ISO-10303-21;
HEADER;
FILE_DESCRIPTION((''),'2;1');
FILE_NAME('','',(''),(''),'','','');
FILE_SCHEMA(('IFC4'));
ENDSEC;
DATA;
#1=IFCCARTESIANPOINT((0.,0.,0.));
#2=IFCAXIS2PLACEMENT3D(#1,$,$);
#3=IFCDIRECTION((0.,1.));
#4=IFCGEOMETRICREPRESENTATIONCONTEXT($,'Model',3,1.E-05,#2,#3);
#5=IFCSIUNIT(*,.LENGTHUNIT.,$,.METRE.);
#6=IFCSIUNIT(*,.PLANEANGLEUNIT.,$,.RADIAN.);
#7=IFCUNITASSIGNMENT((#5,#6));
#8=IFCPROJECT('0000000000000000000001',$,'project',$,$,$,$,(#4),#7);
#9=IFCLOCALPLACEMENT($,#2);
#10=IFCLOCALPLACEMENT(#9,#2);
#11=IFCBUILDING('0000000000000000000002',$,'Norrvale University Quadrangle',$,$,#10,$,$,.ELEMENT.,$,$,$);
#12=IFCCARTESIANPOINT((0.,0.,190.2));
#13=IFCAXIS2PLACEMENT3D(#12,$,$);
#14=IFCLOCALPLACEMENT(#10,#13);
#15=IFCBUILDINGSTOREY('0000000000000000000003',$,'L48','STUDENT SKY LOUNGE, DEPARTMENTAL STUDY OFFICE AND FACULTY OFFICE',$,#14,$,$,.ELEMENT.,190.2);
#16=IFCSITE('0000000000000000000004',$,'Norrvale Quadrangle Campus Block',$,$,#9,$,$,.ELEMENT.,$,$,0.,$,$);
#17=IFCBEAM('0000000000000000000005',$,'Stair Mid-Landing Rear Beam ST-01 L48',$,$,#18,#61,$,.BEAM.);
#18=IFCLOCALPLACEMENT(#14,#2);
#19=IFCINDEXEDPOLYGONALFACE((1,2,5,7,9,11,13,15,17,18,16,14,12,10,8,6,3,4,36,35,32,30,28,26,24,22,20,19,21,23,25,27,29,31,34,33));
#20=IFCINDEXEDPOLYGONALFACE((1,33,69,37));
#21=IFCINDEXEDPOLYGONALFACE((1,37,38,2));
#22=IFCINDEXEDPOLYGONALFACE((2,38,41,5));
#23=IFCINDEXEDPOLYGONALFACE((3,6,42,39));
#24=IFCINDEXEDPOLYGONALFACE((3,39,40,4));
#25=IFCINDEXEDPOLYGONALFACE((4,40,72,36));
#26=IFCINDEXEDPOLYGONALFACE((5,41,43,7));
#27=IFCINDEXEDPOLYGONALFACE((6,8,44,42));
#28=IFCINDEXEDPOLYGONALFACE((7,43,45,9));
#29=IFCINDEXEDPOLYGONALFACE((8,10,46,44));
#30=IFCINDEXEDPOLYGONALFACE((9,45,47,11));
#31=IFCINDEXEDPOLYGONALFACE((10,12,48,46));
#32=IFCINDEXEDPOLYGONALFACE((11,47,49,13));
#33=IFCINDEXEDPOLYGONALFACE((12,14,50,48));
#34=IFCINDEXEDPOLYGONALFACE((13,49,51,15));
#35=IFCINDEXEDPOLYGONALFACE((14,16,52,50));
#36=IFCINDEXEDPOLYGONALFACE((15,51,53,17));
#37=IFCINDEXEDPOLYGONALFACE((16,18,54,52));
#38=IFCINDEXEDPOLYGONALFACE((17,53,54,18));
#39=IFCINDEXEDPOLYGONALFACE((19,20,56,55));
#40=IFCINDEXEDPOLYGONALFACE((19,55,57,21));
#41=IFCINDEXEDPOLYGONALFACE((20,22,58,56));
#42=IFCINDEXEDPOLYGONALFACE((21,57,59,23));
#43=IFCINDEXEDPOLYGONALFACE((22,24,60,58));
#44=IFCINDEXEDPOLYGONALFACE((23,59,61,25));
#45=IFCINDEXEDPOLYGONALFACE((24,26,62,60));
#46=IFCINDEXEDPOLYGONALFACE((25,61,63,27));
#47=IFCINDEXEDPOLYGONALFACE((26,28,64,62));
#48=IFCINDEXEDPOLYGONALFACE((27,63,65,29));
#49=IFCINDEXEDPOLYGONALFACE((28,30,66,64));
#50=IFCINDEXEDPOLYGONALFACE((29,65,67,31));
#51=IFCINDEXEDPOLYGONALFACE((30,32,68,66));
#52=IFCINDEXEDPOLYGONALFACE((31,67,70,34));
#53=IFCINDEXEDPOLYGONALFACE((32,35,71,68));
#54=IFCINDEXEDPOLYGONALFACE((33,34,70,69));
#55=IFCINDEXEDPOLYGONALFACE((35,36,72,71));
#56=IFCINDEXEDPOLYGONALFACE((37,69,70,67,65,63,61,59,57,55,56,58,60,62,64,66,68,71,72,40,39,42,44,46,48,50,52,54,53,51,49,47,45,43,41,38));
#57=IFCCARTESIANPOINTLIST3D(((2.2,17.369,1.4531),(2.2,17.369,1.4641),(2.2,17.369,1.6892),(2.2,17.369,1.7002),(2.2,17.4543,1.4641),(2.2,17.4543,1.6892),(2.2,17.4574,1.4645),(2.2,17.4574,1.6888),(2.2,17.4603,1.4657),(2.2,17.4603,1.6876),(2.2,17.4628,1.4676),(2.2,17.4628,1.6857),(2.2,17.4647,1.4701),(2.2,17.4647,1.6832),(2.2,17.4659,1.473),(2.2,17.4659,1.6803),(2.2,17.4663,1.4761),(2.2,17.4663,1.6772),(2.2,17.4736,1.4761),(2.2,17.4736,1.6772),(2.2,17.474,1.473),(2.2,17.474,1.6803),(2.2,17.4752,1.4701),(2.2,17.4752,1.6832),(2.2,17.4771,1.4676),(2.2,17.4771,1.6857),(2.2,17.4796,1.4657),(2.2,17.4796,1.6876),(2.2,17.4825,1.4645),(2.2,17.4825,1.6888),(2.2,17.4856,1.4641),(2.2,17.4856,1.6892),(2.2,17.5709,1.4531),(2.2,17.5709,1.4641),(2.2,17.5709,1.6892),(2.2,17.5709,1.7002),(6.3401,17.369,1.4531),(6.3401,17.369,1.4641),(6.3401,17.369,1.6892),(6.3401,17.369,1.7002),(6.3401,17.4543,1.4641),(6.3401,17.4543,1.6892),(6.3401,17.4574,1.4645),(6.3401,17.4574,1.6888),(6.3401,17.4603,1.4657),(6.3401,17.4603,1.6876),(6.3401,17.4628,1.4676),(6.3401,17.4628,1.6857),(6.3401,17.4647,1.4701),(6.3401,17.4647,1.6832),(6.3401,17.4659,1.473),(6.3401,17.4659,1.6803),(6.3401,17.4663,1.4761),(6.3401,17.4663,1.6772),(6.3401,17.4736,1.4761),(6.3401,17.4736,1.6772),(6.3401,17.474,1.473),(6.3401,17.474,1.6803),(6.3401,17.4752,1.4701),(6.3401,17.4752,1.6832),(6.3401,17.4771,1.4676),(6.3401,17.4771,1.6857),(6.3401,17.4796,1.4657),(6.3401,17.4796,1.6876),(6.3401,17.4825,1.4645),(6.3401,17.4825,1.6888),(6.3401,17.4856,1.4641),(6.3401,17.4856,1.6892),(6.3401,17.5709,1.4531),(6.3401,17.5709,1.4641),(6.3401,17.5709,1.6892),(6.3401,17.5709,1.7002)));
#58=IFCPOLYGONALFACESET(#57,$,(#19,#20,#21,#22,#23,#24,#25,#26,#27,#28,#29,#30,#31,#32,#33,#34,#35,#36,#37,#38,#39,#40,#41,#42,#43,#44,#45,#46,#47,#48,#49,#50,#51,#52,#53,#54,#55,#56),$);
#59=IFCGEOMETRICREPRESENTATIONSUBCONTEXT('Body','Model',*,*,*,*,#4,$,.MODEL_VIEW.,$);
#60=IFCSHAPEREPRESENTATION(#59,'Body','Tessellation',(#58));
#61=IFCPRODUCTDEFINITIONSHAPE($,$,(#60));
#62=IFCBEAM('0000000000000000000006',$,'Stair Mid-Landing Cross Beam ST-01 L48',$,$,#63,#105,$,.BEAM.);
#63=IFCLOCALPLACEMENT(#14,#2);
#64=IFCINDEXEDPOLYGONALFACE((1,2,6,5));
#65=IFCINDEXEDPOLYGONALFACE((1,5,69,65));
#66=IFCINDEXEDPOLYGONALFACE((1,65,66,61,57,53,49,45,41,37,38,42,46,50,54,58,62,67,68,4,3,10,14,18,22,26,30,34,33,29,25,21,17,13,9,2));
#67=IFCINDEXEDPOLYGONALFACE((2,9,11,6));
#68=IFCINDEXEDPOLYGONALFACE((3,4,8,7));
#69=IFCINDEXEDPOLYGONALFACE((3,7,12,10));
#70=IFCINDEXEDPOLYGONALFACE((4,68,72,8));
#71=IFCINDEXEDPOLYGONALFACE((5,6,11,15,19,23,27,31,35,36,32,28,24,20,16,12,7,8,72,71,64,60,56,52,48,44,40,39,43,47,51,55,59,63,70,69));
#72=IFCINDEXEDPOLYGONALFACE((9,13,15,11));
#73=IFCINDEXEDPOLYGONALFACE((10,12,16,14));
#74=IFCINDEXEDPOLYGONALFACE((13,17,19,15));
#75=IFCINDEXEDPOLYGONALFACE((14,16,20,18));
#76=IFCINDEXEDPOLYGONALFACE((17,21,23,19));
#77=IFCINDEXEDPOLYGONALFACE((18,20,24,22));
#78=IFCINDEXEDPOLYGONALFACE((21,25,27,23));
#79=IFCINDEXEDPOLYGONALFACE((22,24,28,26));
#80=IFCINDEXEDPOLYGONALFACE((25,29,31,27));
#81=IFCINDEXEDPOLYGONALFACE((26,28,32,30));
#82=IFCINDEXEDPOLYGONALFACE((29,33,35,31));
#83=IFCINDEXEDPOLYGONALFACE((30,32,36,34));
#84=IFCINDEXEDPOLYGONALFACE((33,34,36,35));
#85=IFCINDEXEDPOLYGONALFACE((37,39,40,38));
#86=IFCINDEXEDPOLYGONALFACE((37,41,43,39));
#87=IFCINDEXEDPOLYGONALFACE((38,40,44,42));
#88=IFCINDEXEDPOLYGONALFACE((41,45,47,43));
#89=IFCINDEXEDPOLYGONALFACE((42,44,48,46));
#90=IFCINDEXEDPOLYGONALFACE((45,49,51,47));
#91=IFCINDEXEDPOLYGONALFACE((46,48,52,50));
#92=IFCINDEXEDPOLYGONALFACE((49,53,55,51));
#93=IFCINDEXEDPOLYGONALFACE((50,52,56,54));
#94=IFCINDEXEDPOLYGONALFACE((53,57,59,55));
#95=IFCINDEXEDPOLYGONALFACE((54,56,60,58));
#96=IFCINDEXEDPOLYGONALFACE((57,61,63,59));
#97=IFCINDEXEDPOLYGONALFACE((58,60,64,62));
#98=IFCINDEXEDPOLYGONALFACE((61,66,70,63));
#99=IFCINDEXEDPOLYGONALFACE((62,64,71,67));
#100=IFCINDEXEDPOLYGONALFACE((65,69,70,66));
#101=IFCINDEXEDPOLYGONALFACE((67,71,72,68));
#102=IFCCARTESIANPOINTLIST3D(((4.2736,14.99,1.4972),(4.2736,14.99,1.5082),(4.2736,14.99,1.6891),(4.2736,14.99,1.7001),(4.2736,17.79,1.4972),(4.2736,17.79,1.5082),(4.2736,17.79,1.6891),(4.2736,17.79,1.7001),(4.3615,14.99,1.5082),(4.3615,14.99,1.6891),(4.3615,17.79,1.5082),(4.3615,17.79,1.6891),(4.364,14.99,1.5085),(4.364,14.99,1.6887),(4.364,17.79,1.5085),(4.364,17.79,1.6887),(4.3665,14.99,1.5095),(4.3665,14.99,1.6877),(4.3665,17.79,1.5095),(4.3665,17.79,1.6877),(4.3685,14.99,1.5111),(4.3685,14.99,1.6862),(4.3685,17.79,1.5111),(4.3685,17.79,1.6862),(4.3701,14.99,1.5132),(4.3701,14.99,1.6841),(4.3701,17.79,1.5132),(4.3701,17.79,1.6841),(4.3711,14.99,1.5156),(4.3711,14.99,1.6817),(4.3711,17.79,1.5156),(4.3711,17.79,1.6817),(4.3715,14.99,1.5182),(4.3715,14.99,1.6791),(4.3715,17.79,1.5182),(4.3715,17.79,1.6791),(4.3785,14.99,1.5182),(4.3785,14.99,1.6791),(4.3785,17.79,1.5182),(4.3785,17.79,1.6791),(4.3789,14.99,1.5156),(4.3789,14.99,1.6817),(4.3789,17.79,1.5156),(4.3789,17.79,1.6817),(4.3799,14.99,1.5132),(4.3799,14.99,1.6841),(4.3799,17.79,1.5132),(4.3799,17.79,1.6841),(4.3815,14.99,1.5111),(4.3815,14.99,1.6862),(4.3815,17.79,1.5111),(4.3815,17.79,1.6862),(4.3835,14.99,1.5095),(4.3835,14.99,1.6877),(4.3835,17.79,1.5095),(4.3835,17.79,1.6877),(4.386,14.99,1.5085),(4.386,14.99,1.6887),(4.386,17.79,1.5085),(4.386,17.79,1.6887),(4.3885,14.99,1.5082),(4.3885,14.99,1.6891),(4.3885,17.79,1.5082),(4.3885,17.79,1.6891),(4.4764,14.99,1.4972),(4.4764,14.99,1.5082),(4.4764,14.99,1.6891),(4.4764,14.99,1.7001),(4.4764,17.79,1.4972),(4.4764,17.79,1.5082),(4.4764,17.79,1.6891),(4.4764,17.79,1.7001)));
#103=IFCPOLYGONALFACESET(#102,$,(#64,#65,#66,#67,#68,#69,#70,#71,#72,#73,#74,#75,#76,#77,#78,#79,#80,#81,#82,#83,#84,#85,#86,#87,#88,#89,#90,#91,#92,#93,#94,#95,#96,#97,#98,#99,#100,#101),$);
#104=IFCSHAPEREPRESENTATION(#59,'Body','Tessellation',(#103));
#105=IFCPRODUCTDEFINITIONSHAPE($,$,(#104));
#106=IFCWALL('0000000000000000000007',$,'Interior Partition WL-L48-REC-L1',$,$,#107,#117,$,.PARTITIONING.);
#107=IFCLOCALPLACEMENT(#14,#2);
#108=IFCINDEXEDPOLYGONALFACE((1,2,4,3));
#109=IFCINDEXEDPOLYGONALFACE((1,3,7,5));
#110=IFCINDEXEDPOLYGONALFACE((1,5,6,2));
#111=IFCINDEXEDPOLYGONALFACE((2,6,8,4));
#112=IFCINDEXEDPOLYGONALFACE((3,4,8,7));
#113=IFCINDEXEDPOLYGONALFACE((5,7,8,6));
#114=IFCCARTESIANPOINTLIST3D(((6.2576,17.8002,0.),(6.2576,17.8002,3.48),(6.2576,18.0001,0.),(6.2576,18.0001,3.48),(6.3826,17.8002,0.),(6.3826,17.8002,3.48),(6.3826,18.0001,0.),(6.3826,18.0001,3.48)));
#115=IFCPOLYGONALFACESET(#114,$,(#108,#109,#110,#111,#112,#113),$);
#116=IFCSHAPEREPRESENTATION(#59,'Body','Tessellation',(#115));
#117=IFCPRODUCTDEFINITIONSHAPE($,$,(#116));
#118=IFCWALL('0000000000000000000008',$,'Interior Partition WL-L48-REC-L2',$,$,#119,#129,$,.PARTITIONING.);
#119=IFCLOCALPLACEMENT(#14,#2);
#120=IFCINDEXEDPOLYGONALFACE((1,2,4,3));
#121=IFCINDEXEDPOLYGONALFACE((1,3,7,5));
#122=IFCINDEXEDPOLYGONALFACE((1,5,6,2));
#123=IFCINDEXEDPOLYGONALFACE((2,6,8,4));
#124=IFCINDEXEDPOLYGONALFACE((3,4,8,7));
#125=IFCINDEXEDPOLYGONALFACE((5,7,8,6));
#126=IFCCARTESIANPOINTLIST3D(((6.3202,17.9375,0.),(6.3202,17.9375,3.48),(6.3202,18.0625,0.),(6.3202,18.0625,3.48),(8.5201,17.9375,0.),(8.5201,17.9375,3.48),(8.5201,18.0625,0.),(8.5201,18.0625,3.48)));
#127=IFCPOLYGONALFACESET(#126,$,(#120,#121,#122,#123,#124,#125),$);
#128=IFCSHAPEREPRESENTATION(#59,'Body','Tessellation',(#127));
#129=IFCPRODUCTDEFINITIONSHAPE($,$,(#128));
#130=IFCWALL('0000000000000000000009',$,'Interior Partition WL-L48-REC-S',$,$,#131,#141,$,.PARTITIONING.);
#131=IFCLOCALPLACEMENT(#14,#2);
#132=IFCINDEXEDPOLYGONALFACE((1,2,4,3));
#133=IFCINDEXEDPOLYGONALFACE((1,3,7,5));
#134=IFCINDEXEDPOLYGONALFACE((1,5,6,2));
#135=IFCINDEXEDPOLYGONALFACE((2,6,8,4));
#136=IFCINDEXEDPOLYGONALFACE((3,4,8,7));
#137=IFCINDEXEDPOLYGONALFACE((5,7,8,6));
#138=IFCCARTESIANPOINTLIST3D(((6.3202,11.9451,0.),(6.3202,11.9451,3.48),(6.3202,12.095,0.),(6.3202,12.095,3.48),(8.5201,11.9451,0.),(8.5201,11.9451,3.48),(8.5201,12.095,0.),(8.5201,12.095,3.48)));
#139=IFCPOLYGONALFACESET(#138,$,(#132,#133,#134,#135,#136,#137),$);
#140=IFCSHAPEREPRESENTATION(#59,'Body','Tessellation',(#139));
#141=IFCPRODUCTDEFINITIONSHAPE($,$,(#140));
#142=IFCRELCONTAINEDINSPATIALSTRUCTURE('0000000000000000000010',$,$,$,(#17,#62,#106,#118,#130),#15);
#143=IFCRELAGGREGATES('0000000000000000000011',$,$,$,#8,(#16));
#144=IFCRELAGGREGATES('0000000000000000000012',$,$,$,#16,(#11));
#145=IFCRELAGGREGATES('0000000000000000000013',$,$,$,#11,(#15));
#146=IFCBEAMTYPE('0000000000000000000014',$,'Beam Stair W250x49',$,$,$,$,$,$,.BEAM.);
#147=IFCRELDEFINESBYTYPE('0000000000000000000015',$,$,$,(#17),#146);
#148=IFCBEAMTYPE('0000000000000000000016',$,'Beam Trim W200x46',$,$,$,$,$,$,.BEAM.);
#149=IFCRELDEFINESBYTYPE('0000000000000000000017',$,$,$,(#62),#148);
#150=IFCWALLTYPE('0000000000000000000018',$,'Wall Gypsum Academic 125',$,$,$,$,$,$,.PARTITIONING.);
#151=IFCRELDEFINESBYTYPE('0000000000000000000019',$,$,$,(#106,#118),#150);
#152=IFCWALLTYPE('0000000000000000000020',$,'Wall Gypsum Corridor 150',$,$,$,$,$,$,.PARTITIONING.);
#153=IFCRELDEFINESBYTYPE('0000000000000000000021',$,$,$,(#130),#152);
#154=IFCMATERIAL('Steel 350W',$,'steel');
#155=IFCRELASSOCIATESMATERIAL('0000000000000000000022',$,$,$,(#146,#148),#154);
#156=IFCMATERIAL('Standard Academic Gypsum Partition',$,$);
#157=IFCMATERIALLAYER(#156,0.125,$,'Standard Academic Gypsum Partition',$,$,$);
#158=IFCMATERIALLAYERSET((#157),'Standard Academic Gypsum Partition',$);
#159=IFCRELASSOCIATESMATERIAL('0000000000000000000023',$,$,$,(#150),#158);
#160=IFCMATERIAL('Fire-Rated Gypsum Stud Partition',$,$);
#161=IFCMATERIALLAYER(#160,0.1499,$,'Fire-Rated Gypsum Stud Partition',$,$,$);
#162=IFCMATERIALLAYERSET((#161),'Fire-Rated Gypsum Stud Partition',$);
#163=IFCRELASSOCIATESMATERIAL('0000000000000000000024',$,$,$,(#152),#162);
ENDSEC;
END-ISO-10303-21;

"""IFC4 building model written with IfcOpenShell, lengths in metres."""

from ifc_helpers import new_model, si_unit, direction, frame, frame_2d, origin, origin_2d, place, context, subcontext, project, spatial, rectangle, i_section, extrude, material, layer, layer_set, material_profile, profile_set, type_object, element, save


model = new_model("IFC4")

# Units and contexts
model_context = context("Model", 3, precision=1e-05, world=origin(), true_north=direction((0.0, 1.0)))
body_context = subcontext(model_context, "Body", "Model", "MODEL_VIEW")
ifc_project = project(units=[si_unit("LENGTHUNIT", "METRE"), si_unit("PLANEANGLEUNIT", "RADIAN")], contexts=[model_context])

# Site, building, storey
site_placement = place(None, origin())
site = spatial("IfcSite", under=ifc_project, at=site_placement, Name="Norrvale Quadrangle Campus Block", CompositionType="ELEMENT", RefElevation=0.0)
building_placement = place(site_placement, origin())
building = spatial("IfcBuilding", under=site, at=building_placement, Name="Norrvale University Quadrangle", CompositionType="ELEMENT")
storey_placement = place(building_placement, frame((0.0, 0.0, 190.2)))
storey = spatial("IfcBuildingStorey", under=building, at=storey_placement, Name="L48", Description="STUDENT SKY LOUNGE, DEPARTMENTAL STUDY OFFICE AND FACULTY OFFICE", CompositionType="ELEMENT", Elevation=190.2)

# Beams
ifc_material_1 = material(Name="Steel 350W", Category="steel")
ifc_material_profile_1 = material_profile(ifc_material_1, i_section(OverallWidth=0.2019, OverallDepth=0.2471, WebThickness=0.0073, FlangeThickness=0.011, FilletRadius=0.012, at=origin_2d()), Name="Steel 350W")
ifc_profile_set_1 = profile_set([ifc_material_profile_1], Name="Steel 350W")
beam_type_1 = type_object("IfcBeamType", Name="Beam Stair W250x49", PredefinedType="BEAM", material=ifc_profile_set_1)
for number, where, z_axis, x_axis, name in (
    (1, (2.2, 17.47, 1.5767), (1.0, 0.0, 0.0), (0.0, 1.0, 0.0), "Stair Mid-Landing Rear Beam ST-01 L48"),
):
    element("IfcBeam", number, at=place(storey_placement, frame(where, z_axis=z_axis, x_axis=x_axis)), inside=storey, type_object=beam_type_1, Name=name, PredefinedType="BEAM", context=body_context, shape_type="SweptSolid", body=[
        extrude(i_section(OverallWidth=0.2019, OverallDepth=0.2471, WebThickness=0.0073, FlangeThickness=0.011, FilletRadius=0.012, at=origin_2d()), origin(), (0.0, 0.0, 1.0), 4.1401),
    ])
ifc_material_profile_2 = material_profile(ifc_material_1, i_section(OverallWidth=0.2029, OverallDepth=0.2029, WebThickness=0.0071, FlangeThickness=0.011, FilletRadius=0.01, at=origin_2d()), Name="Steel 350W")
ifc_profile_set_2 = profile_set([ifc_material_profile_2], Name="Steel 350W")
beam_type_2 = type_object("IfcBeamType", Name="Beam Trim W200x46", PredefinedType="BEAM", material=ifc_profile_set_2)
beam_1_placement = place(storey_placement, frame((4.375, 14.99, 1.5986), z_axis=(0.0, 1.0, 0.0), x_axis=(-1.0, 0.0, 0.0)))
element("IfcBeam", 2, at=beam_1_placement, inside=storey, type_object=beam_type_2, Name="Stair Mid-Landing Cross Beam ST-01 L48", PredefinedType="BEAM", context=body_context, shape_type="SweptSolid", body=[
    extrude(i_section(OverallWidth=0.2029, OverallDepth=0.2029, WebThickness=0.0071, FlangeThickness=0.011, FilletRadius=0.01, at=origin_2d()), origin(), (0.0, 0.0, 1.0), 2.8),
])

# Walls
ifc_material_2 = material(Name="Standard Academic Gypsum Partition")
ifc_layer_1 = layer(ifc_material_2, 0.125, Name="Standard Academic Gypsum Partition")
ifc_layer_set_1 = layer_set([ifc_layer_1], Name="Standard Academic Gypsum Partition")
wall_type_1 = type_object("IfcWallType", Name="Wall Gypsum Academic 125", PredefinedType="PARTITIONING", material=ifc_layer_set_1)
wall_1_placement = place(storey_placement, frame((6.3201, 17.8, 0.0), z_axis=(0.0, 0.0, 1.0), x_axis=(0.0, 1.0, 0.0)))
element("IfcWall", 3, at=wall_1_placement, inside=storey, type_object=wall_type_1, Name="Interior Partition WL-L48-REC-L1", PredefinedType="PARTITIONING", context=body_context, shape_type="SweptSolid", body=[
    extrude(rectangle(XDim=0.2, YDim=0.125, at=frame_2d((0.1001, 0.0))), origin(), (0.0, 0.0, 1.0), 3.48),
])
wall_2_placement = place(storey_placement, frame((6.3201, 18.0, 0.0), z_axis=(0.0, 0.0, 1.0), x_axis=(1.0, 0.0, 0.0)))
element("IfcWall", 4, at=wall_2_placement, inside=storey, type_object=wall_type_1, Name="Interior Partition WL-L48-REC-L2", PredefinedType="PARTITIONING", context=body_context, shape_type="SweptSolid", body=[
    extrude(rectangle(XDim=2.2, YDim=0.125, at=frame_2d((1.1001, 0.0))), origin(), (0.0, 0.0, 1.0), 3.48),
])
ifc_material_3 = material(Name="Fire-Rated Gypsum Stud Partition")
ifc_layer_2 = layer(ifc_material_3, 0.1499, Name="Fire-Rated Gypsum Stud Partition")
ifc_layer_set_2 = layer_set([ifc_layer_2], Name="Fire-Rated Gypsum Stud Partition")
wall_type_2 = type_object("IfcWallType", Name="Wall Gypsum Corridor 150", PredefinedType="PARTITIONING", material=ifc_layer_set_2)
wall_3_placement = place(storey_placement, frame((6.3201, 12.02, 0.0), z_axis=(0.0, 0.0, 1.0), x_axis=(1.0, 0.0, 0.0)))
element("IfcWall", 5, at=wall_3_placement, inside=storey, type_object=wall_type_2, Name="Interior Partition WL-L48-REC-S", PredefinedType="PARTITIONING", context=body_context, shape_type="SweptSolid", body=[
    extrude(rectangle(XDim=2.2, YDim=0.1499, at=frame_2d((1.1001, 0.0))), origin(), (0.0, 0.0, 1.0), 3.48),
])

save(model, "model.ifc")
